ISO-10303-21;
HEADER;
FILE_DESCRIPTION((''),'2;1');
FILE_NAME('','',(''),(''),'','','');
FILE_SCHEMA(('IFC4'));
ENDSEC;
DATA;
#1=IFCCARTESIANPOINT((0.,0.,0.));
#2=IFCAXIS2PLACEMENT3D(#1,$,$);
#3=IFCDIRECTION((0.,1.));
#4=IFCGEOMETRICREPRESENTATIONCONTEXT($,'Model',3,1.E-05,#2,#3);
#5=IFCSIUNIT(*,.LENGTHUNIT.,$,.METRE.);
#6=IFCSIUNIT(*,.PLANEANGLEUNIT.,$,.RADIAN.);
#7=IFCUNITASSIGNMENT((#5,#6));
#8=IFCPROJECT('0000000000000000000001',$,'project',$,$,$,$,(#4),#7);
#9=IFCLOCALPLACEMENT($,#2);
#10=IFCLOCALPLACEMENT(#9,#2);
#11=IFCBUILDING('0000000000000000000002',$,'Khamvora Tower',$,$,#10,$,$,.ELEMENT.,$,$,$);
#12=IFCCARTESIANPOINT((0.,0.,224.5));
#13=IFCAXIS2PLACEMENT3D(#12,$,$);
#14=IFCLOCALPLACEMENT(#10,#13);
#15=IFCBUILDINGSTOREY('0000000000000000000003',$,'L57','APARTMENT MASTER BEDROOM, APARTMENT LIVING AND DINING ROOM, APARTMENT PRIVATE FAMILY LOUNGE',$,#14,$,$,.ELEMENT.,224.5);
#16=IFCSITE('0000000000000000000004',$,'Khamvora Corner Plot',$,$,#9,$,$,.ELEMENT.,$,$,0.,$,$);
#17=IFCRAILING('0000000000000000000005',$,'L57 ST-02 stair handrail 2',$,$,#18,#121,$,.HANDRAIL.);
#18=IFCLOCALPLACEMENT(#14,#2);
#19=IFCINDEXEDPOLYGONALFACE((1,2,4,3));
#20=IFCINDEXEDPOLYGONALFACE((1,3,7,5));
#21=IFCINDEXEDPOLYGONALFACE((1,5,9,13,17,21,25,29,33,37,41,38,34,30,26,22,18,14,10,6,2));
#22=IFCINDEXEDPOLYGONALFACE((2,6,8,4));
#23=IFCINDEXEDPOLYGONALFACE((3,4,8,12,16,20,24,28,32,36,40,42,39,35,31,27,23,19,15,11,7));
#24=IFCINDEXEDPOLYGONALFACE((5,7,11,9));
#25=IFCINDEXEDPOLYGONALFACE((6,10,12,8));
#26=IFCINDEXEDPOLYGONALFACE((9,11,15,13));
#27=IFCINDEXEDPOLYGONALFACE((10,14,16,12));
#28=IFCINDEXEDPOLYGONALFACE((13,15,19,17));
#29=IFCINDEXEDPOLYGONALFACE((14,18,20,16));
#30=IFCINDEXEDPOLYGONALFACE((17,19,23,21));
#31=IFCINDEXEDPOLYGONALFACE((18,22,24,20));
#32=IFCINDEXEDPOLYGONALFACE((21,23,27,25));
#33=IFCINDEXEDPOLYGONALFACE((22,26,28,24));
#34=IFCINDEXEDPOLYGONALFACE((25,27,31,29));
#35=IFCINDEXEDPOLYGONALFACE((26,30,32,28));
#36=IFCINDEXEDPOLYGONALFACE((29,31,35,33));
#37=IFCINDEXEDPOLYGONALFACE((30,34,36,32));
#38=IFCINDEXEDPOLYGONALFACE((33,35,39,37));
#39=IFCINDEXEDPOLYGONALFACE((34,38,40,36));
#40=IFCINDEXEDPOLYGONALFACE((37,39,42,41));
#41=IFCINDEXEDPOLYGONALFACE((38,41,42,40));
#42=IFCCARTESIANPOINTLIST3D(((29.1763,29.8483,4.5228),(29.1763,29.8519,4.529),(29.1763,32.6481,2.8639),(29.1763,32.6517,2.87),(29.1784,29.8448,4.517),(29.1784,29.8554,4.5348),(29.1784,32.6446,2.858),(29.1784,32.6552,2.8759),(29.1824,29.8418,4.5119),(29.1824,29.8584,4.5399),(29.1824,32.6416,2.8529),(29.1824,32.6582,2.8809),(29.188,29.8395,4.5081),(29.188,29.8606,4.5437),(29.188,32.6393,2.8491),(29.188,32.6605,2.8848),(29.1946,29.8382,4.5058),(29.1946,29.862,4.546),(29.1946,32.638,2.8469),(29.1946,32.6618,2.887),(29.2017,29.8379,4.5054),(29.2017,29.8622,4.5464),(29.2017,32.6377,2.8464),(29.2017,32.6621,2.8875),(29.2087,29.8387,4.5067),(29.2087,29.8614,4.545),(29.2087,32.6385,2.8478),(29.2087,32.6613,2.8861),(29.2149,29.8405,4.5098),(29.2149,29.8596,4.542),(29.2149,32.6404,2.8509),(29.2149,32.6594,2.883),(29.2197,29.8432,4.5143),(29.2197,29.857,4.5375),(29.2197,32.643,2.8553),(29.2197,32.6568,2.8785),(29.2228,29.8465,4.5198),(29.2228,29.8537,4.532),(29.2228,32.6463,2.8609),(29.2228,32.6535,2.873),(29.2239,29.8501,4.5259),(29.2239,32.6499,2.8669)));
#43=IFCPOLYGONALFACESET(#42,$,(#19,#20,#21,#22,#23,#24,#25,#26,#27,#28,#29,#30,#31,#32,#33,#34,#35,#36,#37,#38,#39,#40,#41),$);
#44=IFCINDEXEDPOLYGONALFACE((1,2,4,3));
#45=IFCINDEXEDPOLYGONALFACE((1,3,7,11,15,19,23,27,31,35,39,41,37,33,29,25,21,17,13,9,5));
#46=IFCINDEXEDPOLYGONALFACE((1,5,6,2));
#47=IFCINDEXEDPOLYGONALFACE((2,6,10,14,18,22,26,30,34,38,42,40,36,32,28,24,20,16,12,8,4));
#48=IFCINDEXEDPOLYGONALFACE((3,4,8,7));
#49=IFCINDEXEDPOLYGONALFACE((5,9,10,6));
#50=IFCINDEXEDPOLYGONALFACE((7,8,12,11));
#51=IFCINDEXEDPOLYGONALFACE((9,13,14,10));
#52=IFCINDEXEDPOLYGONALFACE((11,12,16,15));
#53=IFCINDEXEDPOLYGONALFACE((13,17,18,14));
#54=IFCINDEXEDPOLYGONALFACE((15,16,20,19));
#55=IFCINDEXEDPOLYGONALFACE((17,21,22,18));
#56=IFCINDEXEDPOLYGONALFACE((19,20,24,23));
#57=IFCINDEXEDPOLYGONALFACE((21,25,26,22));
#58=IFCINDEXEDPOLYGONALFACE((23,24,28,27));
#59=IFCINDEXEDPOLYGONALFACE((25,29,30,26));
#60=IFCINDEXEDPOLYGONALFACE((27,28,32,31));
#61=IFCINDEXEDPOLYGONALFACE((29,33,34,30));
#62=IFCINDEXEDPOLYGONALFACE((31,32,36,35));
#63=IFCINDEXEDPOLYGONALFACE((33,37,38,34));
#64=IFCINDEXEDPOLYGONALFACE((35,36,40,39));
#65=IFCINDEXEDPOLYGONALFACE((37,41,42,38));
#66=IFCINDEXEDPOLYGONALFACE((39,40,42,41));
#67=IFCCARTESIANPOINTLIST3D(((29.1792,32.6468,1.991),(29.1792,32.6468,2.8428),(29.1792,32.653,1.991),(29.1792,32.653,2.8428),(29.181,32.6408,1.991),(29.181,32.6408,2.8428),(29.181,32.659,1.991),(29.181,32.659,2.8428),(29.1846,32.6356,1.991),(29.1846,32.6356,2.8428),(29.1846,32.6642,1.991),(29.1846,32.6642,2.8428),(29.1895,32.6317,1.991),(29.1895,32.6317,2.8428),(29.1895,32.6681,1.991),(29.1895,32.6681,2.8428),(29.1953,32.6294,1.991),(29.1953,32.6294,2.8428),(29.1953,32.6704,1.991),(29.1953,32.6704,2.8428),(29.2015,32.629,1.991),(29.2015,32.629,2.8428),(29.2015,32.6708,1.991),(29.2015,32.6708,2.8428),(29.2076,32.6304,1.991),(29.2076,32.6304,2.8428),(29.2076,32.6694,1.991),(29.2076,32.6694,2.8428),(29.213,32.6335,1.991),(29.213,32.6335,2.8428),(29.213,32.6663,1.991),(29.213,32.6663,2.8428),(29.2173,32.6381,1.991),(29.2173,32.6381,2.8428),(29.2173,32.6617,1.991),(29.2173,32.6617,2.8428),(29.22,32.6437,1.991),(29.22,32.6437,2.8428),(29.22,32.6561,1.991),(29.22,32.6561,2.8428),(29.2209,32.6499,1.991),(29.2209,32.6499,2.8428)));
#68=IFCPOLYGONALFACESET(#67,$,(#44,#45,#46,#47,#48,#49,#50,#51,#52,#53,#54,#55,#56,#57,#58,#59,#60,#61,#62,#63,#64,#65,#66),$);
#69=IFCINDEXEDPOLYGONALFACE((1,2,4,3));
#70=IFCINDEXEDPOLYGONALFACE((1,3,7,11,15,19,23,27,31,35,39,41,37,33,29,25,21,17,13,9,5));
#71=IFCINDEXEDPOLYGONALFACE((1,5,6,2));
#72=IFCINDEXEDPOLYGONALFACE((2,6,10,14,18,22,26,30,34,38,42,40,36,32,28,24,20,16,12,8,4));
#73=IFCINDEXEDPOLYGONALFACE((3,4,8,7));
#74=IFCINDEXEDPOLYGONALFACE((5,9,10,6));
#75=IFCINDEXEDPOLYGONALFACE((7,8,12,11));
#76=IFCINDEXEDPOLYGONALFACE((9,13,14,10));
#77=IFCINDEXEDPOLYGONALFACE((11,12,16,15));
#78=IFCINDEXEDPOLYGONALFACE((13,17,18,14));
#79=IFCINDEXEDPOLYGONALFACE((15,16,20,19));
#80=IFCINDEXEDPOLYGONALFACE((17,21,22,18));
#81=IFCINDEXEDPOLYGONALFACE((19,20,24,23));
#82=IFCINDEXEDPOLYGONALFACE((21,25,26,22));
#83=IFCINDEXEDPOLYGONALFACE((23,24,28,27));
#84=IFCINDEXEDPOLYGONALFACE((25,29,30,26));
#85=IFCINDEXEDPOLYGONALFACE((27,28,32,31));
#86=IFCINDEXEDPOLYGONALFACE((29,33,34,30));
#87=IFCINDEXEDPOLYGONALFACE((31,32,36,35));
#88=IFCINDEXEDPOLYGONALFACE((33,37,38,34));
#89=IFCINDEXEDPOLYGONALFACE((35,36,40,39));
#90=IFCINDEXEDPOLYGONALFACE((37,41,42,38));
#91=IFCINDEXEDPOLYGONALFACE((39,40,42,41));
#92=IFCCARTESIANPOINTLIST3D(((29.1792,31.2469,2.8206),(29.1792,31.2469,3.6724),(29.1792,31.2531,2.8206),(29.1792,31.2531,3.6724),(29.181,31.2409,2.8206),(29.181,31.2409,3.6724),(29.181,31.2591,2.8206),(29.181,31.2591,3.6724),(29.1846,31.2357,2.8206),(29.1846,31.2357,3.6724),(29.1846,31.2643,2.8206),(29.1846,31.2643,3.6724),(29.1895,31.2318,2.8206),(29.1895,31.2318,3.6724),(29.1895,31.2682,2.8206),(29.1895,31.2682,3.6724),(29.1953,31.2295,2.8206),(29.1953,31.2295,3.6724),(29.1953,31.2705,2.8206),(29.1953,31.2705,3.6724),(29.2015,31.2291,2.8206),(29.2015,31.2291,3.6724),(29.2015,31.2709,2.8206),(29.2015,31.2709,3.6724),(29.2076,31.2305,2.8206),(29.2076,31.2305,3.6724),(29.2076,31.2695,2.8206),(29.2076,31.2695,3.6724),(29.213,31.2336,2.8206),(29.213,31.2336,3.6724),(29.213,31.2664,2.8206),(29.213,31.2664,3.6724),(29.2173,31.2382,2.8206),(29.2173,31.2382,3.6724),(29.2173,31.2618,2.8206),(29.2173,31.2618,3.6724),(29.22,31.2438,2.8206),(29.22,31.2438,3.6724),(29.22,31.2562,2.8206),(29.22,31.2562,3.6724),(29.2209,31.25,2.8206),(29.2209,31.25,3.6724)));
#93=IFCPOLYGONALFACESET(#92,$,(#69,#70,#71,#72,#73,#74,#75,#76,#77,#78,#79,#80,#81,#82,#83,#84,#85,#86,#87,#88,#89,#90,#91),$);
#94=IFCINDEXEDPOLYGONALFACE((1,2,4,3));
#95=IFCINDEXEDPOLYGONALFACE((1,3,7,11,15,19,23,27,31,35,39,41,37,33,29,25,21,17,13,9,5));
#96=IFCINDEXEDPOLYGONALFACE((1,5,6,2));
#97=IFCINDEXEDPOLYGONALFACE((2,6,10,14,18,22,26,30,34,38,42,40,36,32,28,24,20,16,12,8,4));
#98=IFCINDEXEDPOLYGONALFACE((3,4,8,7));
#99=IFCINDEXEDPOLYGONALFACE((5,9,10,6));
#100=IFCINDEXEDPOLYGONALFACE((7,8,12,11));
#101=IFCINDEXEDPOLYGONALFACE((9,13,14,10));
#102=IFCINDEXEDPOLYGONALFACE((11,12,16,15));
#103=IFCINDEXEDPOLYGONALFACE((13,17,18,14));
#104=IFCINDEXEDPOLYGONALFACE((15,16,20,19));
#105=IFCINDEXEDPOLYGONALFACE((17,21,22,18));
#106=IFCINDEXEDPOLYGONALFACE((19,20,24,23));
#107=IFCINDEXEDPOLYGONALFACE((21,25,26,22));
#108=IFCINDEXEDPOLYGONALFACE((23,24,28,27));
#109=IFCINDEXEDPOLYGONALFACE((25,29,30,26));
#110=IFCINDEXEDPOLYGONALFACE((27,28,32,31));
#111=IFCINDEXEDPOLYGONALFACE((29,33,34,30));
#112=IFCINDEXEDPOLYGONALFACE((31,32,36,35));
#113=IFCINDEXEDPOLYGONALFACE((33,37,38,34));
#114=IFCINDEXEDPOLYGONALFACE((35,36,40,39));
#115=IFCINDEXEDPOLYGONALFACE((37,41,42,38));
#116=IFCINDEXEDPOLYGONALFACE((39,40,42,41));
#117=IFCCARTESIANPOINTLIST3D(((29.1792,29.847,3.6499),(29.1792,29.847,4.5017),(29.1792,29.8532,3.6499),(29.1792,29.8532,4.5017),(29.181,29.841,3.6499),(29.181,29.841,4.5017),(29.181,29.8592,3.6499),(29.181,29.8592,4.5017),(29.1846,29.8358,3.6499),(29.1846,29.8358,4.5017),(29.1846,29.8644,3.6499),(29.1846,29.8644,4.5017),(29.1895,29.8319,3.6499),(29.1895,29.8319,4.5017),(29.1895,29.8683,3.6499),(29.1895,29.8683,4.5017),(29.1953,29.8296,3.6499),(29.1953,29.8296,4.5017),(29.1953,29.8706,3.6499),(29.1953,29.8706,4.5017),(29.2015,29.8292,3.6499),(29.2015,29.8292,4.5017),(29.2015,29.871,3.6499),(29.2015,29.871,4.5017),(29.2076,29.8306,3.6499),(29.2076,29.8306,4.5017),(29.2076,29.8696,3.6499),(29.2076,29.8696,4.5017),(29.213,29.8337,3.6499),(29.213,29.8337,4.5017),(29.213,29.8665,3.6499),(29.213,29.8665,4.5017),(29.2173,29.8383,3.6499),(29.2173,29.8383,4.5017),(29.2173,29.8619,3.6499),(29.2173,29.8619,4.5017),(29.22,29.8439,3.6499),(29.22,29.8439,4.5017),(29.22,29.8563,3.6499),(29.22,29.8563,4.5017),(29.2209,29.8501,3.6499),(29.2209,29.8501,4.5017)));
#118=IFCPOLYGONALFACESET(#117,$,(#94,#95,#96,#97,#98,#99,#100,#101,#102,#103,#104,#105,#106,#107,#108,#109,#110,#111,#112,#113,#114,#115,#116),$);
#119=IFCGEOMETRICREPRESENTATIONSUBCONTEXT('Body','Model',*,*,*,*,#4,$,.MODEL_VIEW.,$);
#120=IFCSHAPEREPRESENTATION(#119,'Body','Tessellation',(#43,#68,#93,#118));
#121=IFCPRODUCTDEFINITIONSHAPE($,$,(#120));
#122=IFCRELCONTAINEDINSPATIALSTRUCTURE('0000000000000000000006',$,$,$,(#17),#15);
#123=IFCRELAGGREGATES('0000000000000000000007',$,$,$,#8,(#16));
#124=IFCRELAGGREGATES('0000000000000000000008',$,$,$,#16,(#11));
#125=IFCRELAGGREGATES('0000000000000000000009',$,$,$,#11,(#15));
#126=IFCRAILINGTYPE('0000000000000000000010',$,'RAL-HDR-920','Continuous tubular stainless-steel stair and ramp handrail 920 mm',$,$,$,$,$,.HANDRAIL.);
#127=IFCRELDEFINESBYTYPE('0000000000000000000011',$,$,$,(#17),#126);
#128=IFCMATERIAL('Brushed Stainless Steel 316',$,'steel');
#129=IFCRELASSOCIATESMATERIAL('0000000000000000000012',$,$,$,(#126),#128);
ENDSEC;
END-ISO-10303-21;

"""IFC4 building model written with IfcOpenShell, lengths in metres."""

from ifc_helpers import new_model, si_unit, direction, frame, origin, origin_2d, place, context, subcontext, project, spatial, circle, extrude, material, type_object, element, save


model = new_model("IFC4")

# Units and contexts
model_context = context("Model", 3, precision=1e-05, world=origin(), true_north=direction((0.0, 1.0)))
body_context = subcontext(model_context, "Body", "Model", "MODEL_VIEW")
ifc_project = project(units=[si_unit("LENGTHUNIT", "METRE"), si_unit("PLANEANGLEUNIT", "RADIAN")], contexts=[model_context])

# Site, building, storey
site_placement = place(None, origin())
site = spatial("IfcSite", under=ifc_project, at=site_placement, Name="Khamvora Corner Plot", CompositionType="ELEMENT", RefElevation=0.0)
building_placement = place(site_placement, origin())
building = spatial("IfcBuilding", under=site, at=building_placement, Name="Khamvora Tower", CompositionType="ELEMENT")
storey_placement = place(building_placement, frame((0.0, 0.0, 224.5)))
storey = spatial("IfcBuildingStorey", under=building, at=storey_placement, Name="L57", Description="APARTMENT MASTER BEDROOM, APARTMENT LIVING AND DINING ROOM, APARTMENT PRIVATE FAMILY LOUNGE", CompositionType="ELEMENT", Elevation=224.5)

# Railing
ifc_material_1 = material(Name="Brushed Stainless Steel 316", Category="steel")
railing_type_1 = type_object("IfcRailingType", Name="RAL-HDR-920", Description="Continuous tubular stainless-steel stair and ramp handrail 920 mm", PredefinedType="HANDRAIL", material=ifc_material_1)
railing_1_placement = place(storey_placement, frame((29.2, 32.6499, 1.991)))
element("IfcRailing", 1, at=railing_1_placement, inside=storey, type_object=railing_type_1, Name="L57 ST-02 stair handrail 2", PredefinedType="HANDRAIL", context=body_context, shape_type="SweptSolid", body=[
    extrude(circle(Radius=0.0239, at=origin_2d()), frame((0.0, 0.0, 0.876), z_axis=(0.0, -0.86032, 0.509755), x_axis=(1.0, 0.0, 0.0)), (0.0, 0.0, 1.0), 3.2544),
    extrude(circle(Radius=0.021, at=origin_2d()), origin(), (0.0, 0.0, 1.0), 0.8518),
    extrude(circle(Radius=0.021, at=origin_2d()), frame((0.0, -1.3999, 0.8296)), (0.0, 0.0, 1.0), 0.8518),
    extrude(circle(Radius=0.021, at=origin_2d()), frame((0.0, -2.7998, 1.6589)), (0.0, 0.0, 1.0), 0.8518),
])

save(model, "model.ifc")
